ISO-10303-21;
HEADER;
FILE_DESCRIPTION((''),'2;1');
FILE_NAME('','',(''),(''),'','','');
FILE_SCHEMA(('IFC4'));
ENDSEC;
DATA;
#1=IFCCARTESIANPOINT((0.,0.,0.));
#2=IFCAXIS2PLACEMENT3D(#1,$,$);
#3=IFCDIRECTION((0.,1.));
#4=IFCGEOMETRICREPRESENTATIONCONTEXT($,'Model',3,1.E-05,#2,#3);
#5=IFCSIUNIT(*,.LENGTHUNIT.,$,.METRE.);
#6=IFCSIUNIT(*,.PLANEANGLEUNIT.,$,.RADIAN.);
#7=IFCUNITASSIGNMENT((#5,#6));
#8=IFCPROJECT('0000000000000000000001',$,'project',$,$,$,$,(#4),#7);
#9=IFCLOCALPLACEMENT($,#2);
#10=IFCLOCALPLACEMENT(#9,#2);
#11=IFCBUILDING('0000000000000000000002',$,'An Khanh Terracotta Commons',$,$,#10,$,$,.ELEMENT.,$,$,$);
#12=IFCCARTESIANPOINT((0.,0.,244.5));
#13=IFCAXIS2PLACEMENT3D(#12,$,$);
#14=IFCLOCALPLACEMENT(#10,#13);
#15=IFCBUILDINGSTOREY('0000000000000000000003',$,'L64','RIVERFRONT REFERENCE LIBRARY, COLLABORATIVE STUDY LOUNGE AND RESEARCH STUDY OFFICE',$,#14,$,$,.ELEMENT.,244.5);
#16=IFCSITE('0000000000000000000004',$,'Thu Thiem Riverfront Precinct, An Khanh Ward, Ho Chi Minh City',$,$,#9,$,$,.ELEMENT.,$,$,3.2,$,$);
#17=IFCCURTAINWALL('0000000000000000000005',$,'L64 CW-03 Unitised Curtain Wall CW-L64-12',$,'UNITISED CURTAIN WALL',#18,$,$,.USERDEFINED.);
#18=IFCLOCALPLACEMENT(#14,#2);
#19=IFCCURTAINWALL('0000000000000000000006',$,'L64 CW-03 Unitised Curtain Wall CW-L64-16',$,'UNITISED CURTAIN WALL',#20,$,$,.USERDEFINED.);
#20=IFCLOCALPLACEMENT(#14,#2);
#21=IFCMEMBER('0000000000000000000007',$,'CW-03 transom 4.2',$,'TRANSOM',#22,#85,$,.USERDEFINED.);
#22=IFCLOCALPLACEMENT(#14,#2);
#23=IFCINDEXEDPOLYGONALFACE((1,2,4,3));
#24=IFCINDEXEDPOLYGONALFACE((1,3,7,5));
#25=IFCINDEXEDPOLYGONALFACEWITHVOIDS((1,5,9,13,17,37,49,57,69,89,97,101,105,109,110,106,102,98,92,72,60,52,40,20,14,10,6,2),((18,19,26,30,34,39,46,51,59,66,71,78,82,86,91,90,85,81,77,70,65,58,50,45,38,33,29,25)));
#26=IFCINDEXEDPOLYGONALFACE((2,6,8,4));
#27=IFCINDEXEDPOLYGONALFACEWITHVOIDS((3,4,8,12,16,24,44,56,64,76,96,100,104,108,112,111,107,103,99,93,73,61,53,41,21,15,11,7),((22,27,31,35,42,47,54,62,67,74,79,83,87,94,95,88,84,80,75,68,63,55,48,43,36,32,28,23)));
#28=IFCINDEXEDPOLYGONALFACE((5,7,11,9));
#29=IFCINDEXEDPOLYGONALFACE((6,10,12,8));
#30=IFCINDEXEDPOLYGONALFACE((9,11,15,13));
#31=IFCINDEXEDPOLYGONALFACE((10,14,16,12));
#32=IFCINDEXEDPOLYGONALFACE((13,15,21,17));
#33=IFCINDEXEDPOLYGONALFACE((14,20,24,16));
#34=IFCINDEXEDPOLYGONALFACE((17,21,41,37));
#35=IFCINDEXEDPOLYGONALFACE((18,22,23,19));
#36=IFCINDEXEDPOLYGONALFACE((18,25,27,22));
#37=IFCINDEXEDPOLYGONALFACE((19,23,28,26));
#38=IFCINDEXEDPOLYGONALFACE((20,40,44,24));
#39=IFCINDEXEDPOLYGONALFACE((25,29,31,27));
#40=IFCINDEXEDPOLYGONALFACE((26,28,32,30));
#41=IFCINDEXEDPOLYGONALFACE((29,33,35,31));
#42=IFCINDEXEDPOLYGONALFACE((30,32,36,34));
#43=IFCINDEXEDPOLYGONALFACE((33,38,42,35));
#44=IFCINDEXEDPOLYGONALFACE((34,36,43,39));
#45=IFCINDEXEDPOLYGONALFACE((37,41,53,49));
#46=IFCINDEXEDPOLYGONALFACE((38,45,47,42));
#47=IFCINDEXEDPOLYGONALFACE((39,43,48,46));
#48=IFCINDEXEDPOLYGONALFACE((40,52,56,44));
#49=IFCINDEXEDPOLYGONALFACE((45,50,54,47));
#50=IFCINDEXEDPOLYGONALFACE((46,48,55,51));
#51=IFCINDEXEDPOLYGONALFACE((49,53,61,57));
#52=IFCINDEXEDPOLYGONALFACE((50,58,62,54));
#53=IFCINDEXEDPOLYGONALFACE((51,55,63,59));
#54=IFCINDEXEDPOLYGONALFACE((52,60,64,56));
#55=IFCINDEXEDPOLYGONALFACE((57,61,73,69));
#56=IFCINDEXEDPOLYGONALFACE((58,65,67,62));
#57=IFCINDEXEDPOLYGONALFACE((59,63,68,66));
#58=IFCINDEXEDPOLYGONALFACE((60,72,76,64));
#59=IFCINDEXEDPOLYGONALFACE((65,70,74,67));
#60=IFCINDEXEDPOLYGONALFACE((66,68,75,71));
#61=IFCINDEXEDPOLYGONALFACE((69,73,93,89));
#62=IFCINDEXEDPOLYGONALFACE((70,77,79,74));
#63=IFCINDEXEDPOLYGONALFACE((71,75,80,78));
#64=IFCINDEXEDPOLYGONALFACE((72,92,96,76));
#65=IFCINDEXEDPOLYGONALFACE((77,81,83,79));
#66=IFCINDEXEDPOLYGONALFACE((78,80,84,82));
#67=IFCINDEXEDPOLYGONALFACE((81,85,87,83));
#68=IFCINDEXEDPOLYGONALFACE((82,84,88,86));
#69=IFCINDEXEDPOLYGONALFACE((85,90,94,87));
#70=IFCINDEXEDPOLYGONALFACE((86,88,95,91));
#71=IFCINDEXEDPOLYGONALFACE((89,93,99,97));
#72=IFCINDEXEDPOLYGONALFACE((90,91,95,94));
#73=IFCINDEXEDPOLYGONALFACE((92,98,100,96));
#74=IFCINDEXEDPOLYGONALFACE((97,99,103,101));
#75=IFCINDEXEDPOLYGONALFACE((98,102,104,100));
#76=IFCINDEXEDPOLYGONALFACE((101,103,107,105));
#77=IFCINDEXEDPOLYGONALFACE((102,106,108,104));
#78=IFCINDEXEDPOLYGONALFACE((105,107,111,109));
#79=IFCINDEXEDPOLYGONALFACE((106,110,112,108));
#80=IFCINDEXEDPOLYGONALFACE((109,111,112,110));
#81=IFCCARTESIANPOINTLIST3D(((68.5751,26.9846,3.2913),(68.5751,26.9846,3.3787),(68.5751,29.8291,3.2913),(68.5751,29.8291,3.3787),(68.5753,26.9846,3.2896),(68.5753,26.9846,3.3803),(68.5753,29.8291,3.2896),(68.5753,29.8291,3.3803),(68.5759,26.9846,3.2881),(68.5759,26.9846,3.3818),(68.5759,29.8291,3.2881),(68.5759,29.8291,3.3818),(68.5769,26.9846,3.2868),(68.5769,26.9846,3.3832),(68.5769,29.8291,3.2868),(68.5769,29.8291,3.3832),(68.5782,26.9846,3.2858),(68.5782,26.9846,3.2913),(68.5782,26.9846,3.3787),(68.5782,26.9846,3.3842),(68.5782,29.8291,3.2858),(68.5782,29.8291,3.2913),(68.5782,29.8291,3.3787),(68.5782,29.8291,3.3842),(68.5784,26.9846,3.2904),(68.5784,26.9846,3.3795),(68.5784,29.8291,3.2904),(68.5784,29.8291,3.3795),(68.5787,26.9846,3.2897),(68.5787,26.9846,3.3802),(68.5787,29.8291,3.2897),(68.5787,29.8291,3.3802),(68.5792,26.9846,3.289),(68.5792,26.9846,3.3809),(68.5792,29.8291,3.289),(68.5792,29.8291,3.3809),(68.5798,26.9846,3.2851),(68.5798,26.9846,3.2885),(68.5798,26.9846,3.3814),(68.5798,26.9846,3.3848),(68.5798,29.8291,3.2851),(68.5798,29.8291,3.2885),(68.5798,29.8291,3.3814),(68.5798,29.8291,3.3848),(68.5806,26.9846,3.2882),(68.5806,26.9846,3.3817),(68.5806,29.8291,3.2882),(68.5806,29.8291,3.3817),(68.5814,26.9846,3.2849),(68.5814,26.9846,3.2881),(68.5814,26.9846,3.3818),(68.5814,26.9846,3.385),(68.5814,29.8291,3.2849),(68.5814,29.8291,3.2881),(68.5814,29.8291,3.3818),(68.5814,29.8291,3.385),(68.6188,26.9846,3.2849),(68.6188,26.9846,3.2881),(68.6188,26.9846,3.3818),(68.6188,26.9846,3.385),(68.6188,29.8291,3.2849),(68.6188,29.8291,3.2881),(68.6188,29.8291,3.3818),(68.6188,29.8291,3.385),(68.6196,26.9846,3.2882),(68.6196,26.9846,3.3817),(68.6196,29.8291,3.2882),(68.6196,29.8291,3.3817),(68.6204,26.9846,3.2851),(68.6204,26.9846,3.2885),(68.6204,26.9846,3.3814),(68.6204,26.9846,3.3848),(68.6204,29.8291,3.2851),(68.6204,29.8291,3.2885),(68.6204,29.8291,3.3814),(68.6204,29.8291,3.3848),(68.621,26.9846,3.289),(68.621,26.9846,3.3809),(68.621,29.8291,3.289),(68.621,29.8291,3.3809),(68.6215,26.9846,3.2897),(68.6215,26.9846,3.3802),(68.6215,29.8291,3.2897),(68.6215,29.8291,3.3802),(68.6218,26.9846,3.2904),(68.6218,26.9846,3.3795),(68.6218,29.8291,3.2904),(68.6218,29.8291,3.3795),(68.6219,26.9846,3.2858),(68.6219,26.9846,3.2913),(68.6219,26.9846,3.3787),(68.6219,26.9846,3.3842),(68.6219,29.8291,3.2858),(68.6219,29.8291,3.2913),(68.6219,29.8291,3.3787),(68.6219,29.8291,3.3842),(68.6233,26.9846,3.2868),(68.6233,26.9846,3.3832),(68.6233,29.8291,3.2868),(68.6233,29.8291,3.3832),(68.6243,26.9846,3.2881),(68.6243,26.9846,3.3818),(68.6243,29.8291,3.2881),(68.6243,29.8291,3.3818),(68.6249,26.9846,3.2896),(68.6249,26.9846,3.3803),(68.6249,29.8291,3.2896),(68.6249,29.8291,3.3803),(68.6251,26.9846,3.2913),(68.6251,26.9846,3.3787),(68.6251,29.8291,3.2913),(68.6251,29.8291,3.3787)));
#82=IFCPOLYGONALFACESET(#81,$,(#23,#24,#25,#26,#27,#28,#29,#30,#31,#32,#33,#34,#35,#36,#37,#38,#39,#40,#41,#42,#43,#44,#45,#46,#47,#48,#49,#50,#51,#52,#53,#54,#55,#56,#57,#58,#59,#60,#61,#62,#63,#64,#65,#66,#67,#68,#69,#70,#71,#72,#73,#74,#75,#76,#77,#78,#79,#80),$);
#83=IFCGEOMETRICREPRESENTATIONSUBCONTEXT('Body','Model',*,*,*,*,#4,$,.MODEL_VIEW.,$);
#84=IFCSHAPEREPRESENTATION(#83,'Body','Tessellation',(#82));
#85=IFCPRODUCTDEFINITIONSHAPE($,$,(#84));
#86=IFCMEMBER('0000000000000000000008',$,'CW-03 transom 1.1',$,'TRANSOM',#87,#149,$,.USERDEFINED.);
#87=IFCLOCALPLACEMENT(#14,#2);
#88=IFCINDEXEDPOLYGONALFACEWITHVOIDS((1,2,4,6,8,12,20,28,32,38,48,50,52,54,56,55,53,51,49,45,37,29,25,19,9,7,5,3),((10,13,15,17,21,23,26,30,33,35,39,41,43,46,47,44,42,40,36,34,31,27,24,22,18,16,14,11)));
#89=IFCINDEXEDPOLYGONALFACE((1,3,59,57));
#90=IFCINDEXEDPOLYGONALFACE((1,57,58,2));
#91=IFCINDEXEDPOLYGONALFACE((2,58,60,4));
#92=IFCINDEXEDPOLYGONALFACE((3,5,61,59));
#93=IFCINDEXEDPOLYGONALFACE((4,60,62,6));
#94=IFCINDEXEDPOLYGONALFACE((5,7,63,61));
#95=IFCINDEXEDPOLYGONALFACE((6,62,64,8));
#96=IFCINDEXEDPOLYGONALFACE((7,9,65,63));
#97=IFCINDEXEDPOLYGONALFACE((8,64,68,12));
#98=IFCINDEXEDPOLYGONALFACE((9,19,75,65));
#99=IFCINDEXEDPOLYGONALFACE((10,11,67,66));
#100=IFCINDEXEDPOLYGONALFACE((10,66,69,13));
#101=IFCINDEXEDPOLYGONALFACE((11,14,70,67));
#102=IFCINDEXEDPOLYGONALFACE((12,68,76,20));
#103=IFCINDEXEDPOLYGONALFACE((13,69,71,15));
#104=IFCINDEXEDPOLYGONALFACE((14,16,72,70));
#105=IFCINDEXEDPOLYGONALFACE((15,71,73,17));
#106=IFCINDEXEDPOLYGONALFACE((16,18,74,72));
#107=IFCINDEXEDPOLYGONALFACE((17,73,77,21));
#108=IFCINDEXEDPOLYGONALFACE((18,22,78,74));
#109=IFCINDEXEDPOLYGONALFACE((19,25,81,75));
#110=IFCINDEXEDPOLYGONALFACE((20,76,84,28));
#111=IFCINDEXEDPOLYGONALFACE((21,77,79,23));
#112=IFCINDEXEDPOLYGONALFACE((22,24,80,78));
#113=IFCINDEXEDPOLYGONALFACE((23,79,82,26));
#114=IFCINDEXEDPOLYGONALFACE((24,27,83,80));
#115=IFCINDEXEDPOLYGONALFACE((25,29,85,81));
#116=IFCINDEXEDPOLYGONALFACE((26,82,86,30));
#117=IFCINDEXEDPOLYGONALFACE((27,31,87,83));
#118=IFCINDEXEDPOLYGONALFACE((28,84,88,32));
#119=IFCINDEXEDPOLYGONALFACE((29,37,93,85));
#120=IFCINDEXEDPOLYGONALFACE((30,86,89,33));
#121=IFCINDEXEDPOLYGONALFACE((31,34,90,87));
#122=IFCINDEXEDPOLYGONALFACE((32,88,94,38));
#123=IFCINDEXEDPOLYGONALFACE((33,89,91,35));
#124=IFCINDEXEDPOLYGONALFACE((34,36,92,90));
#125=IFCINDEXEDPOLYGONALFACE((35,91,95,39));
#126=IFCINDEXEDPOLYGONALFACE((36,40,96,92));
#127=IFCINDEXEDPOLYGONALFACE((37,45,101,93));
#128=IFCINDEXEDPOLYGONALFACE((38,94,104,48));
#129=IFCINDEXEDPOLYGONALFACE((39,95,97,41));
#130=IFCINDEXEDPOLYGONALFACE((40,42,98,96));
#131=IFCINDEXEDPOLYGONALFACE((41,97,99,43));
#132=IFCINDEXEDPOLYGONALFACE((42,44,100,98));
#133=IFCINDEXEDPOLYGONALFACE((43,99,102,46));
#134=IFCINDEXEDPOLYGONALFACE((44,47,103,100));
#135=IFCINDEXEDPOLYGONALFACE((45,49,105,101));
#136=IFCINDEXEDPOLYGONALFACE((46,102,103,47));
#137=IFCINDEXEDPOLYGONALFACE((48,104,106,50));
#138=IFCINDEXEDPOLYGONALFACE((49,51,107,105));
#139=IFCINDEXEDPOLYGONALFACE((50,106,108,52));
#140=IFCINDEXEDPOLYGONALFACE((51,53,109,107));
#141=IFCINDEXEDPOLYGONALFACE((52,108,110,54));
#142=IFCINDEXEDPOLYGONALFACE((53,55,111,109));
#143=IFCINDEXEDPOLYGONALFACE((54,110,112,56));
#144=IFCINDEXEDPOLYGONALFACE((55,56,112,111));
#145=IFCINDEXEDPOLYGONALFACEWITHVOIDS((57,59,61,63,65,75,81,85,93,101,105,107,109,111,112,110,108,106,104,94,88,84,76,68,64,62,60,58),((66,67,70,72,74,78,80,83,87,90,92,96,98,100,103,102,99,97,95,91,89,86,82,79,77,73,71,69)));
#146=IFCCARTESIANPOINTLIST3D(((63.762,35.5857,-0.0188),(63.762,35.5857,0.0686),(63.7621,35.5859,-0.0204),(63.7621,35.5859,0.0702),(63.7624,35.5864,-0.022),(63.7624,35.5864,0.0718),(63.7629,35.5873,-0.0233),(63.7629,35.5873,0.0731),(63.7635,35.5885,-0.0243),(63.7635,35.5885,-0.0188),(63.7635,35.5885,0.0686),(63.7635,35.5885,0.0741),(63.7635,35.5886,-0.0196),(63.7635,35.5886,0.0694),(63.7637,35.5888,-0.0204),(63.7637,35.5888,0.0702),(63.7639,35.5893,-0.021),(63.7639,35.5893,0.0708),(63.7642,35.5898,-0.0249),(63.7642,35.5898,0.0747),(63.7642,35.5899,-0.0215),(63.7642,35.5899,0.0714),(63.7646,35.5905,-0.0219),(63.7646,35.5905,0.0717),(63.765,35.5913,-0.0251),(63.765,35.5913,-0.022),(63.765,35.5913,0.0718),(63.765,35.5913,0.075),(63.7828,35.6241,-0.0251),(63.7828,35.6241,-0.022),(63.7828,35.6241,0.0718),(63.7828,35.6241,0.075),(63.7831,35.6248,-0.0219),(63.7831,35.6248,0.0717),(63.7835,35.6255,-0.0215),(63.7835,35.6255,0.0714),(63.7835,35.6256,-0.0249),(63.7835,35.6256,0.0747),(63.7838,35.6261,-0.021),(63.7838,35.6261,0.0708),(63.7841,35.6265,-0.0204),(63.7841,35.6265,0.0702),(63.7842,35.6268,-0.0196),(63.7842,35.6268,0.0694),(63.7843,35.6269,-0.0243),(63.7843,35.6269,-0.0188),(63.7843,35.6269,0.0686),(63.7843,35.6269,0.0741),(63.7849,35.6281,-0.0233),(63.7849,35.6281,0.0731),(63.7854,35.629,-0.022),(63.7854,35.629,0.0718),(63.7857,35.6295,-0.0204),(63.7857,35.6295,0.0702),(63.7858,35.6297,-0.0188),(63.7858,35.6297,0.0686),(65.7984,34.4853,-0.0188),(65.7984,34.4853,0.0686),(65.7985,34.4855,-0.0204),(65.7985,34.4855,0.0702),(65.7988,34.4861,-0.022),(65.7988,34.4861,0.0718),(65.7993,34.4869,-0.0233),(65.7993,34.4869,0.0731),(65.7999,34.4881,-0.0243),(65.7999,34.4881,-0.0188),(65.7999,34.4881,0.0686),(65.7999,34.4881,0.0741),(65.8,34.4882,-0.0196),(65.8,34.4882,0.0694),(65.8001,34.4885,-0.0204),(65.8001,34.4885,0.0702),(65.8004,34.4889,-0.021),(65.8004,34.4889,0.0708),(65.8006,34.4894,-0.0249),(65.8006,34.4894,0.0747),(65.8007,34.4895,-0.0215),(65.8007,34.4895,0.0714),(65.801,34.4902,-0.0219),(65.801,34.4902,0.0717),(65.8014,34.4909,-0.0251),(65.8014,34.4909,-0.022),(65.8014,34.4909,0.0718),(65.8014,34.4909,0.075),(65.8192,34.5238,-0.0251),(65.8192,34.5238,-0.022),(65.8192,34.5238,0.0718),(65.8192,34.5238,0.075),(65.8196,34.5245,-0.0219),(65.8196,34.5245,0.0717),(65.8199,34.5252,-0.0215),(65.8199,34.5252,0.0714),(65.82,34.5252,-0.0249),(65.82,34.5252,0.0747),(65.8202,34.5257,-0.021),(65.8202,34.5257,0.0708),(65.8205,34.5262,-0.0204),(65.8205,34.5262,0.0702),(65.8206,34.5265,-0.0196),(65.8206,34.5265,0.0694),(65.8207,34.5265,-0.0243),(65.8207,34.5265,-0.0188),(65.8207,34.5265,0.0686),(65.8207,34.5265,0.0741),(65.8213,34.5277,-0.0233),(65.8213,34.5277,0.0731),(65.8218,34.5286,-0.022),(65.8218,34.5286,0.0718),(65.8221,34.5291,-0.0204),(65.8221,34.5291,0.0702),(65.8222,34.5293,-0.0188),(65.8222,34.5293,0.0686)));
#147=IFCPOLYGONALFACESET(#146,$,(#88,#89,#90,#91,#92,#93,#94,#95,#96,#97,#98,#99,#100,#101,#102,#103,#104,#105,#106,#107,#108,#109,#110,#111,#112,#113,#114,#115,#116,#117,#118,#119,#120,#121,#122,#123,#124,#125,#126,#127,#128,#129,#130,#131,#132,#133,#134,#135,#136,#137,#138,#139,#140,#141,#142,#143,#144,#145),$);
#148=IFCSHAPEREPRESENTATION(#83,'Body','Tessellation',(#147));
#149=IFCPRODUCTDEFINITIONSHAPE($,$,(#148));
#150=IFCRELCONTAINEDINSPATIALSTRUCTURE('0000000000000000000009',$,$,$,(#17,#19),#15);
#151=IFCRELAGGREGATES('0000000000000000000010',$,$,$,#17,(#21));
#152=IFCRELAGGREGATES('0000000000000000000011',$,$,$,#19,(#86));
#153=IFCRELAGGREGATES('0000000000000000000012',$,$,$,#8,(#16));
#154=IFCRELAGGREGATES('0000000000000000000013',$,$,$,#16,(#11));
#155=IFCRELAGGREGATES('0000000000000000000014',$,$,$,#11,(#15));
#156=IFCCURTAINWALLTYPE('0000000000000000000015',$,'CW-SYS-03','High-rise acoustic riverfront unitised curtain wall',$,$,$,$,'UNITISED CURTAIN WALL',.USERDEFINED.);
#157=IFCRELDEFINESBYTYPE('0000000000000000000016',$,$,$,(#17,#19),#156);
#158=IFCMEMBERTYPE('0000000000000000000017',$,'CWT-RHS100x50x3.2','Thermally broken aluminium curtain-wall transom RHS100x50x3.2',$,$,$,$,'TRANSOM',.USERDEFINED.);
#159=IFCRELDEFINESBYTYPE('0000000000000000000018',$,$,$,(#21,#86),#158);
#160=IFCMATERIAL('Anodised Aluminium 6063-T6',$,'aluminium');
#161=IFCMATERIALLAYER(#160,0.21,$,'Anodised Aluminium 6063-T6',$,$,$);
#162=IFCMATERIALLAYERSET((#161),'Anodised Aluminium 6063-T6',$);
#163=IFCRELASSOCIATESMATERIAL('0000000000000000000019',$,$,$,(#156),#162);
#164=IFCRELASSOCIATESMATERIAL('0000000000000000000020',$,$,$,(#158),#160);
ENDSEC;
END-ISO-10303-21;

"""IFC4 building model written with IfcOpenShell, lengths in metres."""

from ifc_helpers import new_model, si_unit, direction, frame, origin, origin_2d, place, context, subcontext, project, spatial, hollow_rectangle, extrude, material, layer, layer_set, material_profile, profile_set, type_object, element, aggregate, save


model = new_model("IFC4")

# Units and contexts
model_context = context("Model", 3, precision=1e-05, world=origin(), true_north=direction((0.0, 1.0)))
body_context = subcontext(model_context, "Body", "Model", "MODEL_VIEW")
ifc_project = project(units=[si_unit("LENGTHUNIT", "METRE"), si_unit("PLANEANGLEUNIT", "RADIAN")], contexts=[model_context])

# Site, building, storey
site_placement = place(None, origin())
site = spatial("IfcSite", under=ifc_project, at=site_placement, Name="Thu Thiem Riverfront Precinct, An Khanh Ward, Ho Chi Minh City", CompositionType="ELEMENT", RefElevation=3.2)
building_placement = place(site_placement, origin())
building = spatial("IfcBuilding", under=site, at=building_placement, Name="An Khanh Terracotta Commons", CompositionType="ELEMENT")
storey_placement = place(building_placement, frame((0.0, 0.0, 244.5)))
storey = spatial("IfcBuildingStorey", under=building, at=storey_placement, Name="L64", Description="RIVERFRONT REFERENCE LIBRARY, COLLABORATIVE STUDY LOUNGE AND RESEARCH STUDY OFFICE", CompositionType="ELEMENT", Elevation=244.5)

# Curtain walls
ifc_material_1 = material(Name="Anodised Aluminium 6063-T6", Category="aluminium")
ifc_layer_1 = layer(ifc_material_1, 0.21, Name="Anodised Aluminium 6063-T6")
ifc_layer_set_1 = layer_set([ifc_layer_1], Name="Anodised Aluminium 6063-T6")
curtain_wall_type = type_object("IfcCurtainWallType", Name="CW-SYS-03", Description="High-rise acoustic riverfront unitised curtain wall", ElementType="UNITISED CURTAIN WALL", PredefinedType="USERDEFINED", material=ifc_layer_set_1)
curtain_wall_1_placement = place(storey_placement, origin())
curtain_wall_1 = element("IfcCurtainWall", 1, at=curtain_wall_1_placement, inside=storey, type_object=curtain_wall_type, Name="L64 CW-03 Unitised Curtain Wall CW-L64-12", ObjectType="UNITISED CURTAIN WALL", PredefinedType="USERDEFINED")
curtain_wall_2_placement = place(storey_placement, origin())
curtain_wall_2 = element("IfcCurtainWall", 2, at=curtain_wall_2_placement, inside=storey, type_object=curtain_wall_type, Name="L64 CW-03 Unitised Curtain Wall CW-L64-16", ObjectType="UNITISED CURTAIN WALL", PredefinedType="USERDEFINED")

# Members
ifc_material_profile_1 = material_profile(ifc_material_1, hollow_rectangle(XDim=0.05, YDim=0.1001, WallThickness=0.0032, InnerFilletRadius=0.0032, OuterFilletRadius=0.0063, at=origin_2d()), Name="RHS100x50x3.2")
ifc_profile_set_1 = profile_set([ifc_material_profile_1], Name="Anodised Aluminium 6063-T6")
member_type_1 = type_object("IfcMemberType", Name="CWT-RHS100x50x3.2", Description="Thermally broken aluminium curtain-wall transom RHS100x50x3.2", ElementType="TRANSOM", PredefinedType="USERDEFINED", material=ifc_profile_set_1)
member_1_placement = place(storey_placement, frame((68.6001, 26.9846, 3.335), z_axis=(0.0, 1.0, 0.0), x_axis=(-1.0, 0.0, 0.0)))
member_1 = element("IfcMember", 3, at=member_1_placement, type_object=member_type_1, Name="CW-03 transom 4.2", ObjectType="TRANSOM", PredefinedType="USERDEFINED", context=body_context, shape_type="SweptSolid", body=[
    extrude(hollow_rectangle(XDim=0.05, YDim=0.1001, WallThickness=0.0032, InnerFilletRadius=0.0032, OuterFilletRadius=0.0063, at=origin_2d()), origin(), (0.0, 0.0, 1.0), 2.8445),
])
member_2_placement = place(storey_placement, frame((65.8103, 34.5073, 0.0249), z_axis=(-0.879779, 0.475382, 0.0), x_axis=(-0.475382, -0.879779, 0.0)))
member_2 = element("IfcMember", 4, at=member_2_placement, type_object=member_type_1, Name="CW-03 transom 1.1", ObjectType="TRANSOM", PredefinedType="USERDEFINED", context=body_context, shape_type="SweptSolid", body=[
    extrude(hollow_rectangle(XDim=0.05, YDim=0.1001, WallThickness=0.0032, InnerFilletRadius=0.0032, OuterFilletRadius=0.0063, at=origin_2d()), origin(), (0.0, 0.0, 1.0), 2.3147),
])

aggregate(curtain_wall_1, [member_1])
aggregate(curtain_wall_2, [member_2])

save(model, "model.ifc")
